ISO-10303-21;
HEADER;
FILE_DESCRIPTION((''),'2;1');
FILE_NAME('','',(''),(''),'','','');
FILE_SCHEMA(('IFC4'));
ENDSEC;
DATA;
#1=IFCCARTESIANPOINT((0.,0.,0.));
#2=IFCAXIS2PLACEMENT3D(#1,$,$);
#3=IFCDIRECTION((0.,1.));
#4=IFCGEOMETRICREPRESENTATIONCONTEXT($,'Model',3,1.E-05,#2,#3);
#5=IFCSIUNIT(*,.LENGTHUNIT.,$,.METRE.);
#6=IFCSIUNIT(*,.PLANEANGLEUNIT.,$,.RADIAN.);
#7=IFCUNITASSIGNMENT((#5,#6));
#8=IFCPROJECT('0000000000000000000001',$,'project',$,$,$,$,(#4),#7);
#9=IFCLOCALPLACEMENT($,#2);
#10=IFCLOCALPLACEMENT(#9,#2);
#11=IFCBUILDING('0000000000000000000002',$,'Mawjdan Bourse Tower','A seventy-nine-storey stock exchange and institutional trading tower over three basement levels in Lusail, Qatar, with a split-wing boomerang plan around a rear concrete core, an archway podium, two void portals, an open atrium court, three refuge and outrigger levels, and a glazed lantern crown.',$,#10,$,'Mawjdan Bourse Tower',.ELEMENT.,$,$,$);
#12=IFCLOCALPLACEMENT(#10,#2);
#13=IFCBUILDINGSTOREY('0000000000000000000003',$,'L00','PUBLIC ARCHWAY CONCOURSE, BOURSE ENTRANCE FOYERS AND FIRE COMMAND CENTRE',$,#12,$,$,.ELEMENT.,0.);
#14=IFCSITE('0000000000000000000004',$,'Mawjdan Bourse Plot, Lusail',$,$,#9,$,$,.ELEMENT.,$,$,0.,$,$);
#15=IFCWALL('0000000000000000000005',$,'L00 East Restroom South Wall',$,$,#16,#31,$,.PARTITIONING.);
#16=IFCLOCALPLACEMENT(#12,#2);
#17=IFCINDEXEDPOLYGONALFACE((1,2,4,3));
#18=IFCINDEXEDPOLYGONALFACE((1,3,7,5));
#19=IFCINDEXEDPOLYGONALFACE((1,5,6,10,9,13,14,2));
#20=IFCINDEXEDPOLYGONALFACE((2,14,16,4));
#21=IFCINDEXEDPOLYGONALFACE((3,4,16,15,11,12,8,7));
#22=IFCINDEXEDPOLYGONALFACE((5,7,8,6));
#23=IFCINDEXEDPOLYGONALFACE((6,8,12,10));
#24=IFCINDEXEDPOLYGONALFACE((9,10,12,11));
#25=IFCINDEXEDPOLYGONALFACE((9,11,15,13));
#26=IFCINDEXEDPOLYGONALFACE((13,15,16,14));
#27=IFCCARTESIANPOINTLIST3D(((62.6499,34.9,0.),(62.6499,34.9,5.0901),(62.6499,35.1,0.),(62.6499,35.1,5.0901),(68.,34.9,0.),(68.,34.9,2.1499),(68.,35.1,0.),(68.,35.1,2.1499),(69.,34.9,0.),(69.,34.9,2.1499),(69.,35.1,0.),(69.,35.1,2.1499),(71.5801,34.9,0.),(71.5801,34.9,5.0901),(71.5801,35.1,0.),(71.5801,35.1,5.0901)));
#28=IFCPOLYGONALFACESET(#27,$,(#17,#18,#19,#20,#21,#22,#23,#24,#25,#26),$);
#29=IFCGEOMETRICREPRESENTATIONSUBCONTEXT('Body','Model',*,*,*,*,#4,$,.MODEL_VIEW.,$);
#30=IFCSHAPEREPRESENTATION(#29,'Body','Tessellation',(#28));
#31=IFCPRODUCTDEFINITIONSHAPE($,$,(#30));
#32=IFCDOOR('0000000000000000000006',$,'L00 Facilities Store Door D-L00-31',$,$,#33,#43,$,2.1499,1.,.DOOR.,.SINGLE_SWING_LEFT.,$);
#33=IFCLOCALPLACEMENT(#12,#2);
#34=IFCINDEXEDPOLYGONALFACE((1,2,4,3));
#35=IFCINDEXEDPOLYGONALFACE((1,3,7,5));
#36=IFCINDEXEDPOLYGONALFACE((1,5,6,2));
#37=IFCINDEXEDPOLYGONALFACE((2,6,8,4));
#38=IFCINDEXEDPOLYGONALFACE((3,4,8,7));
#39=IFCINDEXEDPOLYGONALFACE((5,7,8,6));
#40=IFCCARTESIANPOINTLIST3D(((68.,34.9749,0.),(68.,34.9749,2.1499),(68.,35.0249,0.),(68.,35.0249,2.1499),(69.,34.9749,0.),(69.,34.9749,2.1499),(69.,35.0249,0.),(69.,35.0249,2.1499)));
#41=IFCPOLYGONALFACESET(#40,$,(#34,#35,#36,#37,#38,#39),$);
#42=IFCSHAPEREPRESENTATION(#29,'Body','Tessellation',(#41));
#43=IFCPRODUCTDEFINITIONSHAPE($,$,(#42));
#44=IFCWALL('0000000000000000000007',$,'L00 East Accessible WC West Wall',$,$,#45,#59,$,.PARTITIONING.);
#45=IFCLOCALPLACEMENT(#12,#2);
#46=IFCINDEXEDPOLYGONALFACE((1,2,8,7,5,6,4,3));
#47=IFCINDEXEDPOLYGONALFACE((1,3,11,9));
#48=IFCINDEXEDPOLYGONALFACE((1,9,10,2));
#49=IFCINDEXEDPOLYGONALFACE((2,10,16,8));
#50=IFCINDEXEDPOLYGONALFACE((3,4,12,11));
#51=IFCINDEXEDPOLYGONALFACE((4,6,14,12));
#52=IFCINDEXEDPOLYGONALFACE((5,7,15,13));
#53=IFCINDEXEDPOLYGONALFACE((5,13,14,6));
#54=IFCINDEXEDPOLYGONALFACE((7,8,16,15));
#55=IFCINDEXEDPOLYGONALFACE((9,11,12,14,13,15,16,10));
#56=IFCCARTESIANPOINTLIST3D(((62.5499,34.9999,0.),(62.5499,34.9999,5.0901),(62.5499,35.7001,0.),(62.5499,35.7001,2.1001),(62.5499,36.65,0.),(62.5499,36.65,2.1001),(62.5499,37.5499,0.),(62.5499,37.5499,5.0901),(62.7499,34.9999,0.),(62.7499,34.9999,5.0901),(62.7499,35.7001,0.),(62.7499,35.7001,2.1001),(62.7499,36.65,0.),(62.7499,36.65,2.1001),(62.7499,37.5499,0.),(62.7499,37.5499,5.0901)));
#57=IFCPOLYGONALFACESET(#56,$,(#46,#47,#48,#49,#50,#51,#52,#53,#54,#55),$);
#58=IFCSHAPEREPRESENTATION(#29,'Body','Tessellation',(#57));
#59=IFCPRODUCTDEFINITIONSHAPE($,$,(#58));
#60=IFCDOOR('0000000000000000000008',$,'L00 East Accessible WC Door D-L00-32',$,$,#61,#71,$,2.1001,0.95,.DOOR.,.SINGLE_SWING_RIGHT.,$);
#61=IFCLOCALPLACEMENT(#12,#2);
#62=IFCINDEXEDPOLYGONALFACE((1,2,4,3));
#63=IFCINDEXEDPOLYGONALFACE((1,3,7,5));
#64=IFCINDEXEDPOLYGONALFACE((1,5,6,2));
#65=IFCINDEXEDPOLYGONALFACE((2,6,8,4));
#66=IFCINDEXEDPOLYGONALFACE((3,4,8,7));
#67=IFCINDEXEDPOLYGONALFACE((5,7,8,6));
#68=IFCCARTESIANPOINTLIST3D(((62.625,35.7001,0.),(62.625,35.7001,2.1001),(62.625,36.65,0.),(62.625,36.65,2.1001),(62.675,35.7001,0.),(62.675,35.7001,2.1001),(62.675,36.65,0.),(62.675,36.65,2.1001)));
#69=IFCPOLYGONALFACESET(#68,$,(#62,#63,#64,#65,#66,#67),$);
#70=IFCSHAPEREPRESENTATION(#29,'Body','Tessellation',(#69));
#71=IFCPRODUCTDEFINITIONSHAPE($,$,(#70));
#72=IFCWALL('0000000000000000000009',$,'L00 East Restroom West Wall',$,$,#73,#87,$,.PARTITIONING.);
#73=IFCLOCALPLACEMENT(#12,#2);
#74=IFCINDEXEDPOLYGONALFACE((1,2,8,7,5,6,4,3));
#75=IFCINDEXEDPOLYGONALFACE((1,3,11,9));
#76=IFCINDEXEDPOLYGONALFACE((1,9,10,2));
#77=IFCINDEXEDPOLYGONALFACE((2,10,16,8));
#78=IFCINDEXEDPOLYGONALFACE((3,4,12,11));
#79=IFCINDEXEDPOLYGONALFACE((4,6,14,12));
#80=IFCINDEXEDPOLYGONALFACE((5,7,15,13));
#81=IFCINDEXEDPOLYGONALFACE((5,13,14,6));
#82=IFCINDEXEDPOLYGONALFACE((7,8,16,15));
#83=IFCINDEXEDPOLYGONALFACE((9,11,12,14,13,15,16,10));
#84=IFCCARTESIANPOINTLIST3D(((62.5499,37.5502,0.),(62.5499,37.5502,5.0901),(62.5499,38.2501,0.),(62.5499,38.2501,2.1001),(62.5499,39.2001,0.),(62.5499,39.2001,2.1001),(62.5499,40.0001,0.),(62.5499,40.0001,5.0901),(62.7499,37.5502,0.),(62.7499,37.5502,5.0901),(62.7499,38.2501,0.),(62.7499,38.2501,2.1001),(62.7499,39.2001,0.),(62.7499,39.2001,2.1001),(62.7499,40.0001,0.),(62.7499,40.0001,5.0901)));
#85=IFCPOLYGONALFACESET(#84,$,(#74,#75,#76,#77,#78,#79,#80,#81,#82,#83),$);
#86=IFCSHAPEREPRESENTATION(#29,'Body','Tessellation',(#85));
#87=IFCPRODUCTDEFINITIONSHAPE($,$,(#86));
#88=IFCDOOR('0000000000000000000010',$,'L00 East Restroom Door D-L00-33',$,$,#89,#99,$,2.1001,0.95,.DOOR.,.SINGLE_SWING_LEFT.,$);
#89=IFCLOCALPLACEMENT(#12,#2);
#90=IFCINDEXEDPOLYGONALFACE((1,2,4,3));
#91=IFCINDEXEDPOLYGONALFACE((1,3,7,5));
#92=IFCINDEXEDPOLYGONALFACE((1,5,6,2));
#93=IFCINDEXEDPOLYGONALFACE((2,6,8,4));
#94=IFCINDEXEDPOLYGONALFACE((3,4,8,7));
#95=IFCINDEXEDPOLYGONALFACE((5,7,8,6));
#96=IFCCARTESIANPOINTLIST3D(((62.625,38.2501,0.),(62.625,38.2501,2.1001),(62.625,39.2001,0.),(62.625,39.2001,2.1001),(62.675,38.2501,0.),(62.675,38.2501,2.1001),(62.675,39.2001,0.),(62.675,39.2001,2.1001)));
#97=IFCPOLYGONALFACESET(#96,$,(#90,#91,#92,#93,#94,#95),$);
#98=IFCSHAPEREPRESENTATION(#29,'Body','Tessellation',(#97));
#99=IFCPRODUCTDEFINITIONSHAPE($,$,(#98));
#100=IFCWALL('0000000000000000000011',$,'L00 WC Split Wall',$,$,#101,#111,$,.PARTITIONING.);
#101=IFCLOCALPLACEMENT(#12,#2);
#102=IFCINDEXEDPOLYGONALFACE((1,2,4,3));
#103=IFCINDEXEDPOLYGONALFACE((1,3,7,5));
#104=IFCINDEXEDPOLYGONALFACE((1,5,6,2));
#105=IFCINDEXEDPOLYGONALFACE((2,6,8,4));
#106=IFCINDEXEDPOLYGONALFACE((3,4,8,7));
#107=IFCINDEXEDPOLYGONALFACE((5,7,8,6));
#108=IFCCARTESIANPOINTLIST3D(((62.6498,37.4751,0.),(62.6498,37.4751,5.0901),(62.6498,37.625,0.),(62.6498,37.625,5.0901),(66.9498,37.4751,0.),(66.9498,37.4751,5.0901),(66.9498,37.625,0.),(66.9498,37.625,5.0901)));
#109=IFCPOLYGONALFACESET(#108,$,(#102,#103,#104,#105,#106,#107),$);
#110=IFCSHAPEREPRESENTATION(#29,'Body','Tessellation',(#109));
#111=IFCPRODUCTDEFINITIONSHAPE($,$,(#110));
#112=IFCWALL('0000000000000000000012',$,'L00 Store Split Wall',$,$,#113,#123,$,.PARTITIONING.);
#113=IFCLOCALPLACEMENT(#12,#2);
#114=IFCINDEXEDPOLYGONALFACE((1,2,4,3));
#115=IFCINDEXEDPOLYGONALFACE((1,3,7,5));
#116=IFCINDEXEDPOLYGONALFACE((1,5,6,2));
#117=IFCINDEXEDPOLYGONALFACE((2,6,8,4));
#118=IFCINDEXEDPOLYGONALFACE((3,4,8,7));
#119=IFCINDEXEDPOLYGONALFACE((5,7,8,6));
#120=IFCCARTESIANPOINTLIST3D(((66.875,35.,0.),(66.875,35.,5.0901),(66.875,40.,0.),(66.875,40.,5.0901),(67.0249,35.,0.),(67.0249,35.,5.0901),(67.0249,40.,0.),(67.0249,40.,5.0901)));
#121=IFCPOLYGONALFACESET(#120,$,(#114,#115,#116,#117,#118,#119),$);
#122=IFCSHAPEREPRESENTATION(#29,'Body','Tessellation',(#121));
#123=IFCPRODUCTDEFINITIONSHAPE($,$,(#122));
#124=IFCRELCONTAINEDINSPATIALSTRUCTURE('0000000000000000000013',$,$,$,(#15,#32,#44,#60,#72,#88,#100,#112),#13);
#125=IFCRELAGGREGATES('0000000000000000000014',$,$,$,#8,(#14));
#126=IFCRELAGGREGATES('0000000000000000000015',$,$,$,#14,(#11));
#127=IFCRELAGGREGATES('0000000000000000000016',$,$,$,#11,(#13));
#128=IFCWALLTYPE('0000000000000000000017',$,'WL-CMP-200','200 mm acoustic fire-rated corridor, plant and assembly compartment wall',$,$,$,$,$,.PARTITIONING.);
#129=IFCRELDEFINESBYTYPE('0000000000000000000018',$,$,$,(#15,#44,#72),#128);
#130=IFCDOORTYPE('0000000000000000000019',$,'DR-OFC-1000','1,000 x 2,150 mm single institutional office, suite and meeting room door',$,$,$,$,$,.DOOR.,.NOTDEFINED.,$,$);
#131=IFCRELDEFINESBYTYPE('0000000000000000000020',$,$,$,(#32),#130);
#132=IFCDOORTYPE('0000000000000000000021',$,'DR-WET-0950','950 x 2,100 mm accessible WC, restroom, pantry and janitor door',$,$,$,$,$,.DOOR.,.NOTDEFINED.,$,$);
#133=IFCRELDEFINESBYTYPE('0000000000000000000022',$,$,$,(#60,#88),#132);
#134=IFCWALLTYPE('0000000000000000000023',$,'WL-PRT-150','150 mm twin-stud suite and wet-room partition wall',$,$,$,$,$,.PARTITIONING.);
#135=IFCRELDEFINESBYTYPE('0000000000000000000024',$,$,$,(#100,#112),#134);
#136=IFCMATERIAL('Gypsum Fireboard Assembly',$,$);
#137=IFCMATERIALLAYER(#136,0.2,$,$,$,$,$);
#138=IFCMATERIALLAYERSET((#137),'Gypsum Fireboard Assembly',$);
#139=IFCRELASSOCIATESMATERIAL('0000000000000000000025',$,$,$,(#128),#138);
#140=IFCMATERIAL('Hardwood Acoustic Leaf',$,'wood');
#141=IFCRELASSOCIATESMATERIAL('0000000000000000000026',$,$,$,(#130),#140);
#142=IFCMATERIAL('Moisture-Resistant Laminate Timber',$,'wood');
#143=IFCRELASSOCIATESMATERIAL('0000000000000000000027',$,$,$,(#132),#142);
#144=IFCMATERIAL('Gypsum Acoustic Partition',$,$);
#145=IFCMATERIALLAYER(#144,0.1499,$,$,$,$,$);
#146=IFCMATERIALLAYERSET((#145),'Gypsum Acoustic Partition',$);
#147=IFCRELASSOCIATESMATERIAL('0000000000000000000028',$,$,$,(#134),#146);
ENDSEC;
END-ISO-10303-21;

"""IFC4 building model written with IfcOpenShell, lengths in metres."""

from ifc_helpers import new_model, si_unit, direction, frame, frame_2d, origin, place, context, subcontext, project, spatial, rectangle, extrude, material, layer, layer_set, type_object, element, fill, save


model = new_model("IFC4")

# Units and contexts
model_context = context("Model", 3, precision=1e-05, world=origin(), true_north=direction((0.0, 1.0)))
body_context = subcontext(model_context, "Body", "Model", "MODEL_VIEW")
ifc_project = project(units=[si_unit("LENGTHUNIT", "METRE"), si_unit("PLANEANGLEUNIT", "RADIAN")], contexts=[model_context])

# Site, building, storey
site_placement = place(None, origin())
site = spatial("IfcSite", under=ifc_project, at=site_placement, Name="Mawjdan Bourse Plot, Lusail", CompositionType="ELEMENT", RefElevation=0.0)
building_placement = place(site_placement, origin())
building = spatial("IfcBuilding", under=site, at=building_placement, Name="Mawjdan Bourse Tower", Description="A seventy-nine-storey stock exchange and institutional trading tower over three basement levels in Lusail, Qatar, with a split-wing boomerang plan around a rear concrete core, an archway podium, two void portals, an open atrium court, three refuge and outrigger levels, and a glazed lantern crown.", LongName="Mawjdan Bourse Tower", CompositionType="ELEMENT")
storey_placement = place(building_placement, origin())
storey = spatial("IfcBuildingStorey", under=building, at=storey_placement, Name="L00", Description="PUBLIC ARCHWAY CONCOURSE, BOURSE ENTRANCE FOYERS AND FIRE COMMAND CENTRE", CompositionType="ELEMENT", Elevation=0.0)

# Walls, openings, doors
ifc_material_1 = material(Name="Gypsum Fireboard Assembly")
ifc_layer_1 = layer(ifc_material_1, 0.2)
ifc_layer_set_1 = layer_set([ifc_layer_1], Name="Gypsum Fireboard Assembly")
wall_type_1 = type_object("IfcWallType", Name="WL-CMP-200", Description="200 mm acoustic fire-rated corridor, plant and assembly compartment wall", PredefinedType="PARTITIONING", material=ifc_layer_set_1)
wall_1_placement = place(storey_placement, frame((62.6499, 35.0, 0.0), z_axis=(0.0, 0.0, 1.0), x_axis=(1.0, 0.0, 0.0)))
wall_1 = element("IfcWall", 1, at=wall_1_placement, inside=storey, type_object=wall_type_1, Name="L00 East Restroom South Wall", PredefinedType="PARTITIONING", context=body_context, shape_type="SweptSolid", body=[
    extrude(rectangle(XDim=8.9302, YDim=0.2, at=frame_2d((4.4651, 0.0))), origin(), (0.0, 0.0, 1.0), 5.0901),
])
opening_1_placement = place(wall_1_placement, frame((5.3501, 0.0, 0.0)))
opening_1 = element("IfcOpeningElement", 2, at=opening_1_placement, cuts=wall_1, PredefinedType="OPENING", context=body_context, shape_type="SweptSolid", body=[
    extrude(rectangle(XDim=1.0, YDim=2.1499, at=frame_2d((0.5, 1.075))), frame((0.0, 0.1099, 0.0), z_axis=(0.0, -1.0, 0.0), x_axis=(1.0, 0.0, 0.0)), (0.0, 0.0, 1.0), 0.22),
])
ifc_material_2 = material(Name="Hardwood Acoustic Leaf", Category="wood")
door_type_1 = type_object("IfcDoorType", Name="DR-OFC-1000", Description="1,000 x 2,150 mm single institutional office, suite and meeting room door", OperationType="NOTDEFINED", PredefinedType="DOOR", material=ifc_material_2)
door_1_placement = place(opening_1_placement, origin())
door_1 = element("IfcDoor", 3, at=door_1_placement, inside=storey, type_object=door_type_1, Name="L00 Facilities Store Door D-L00-31", OperationType="SINGLE_SWING_LEFT", OverallHeight=2.1499, OverallWidth=1.0, PredefinedType="DOOR", context=body_context, shape_type="SweptSolid", body=[
    extrude(rectangle(XDim=1.0, YDim=2.1499, at=frame_2d((0.5, 1.075))), frame((0.0, 0.0249, 0.0), z_axis=(0.0, -1.0, 0.0), x_axis=(1.0, 0.0, 0.0)), (0.0, 0.0, 1.0), 0.05),
])
fill(opening_1, door_1)
wall_2_placement = place(storey_placement, frame((62.6499, 35.0, 0.0), z_axis=(0.0, 0.0, 1.0), x_axis=(0.0, 1.0, 0.0)))
wall_2 = element("IfcWall", 4, at=wall_2_placement, inside=storey, type_object=wall_type_1, Name="L00 East Accessible WC West Wall", PredefinedType="PARTITIONING", context=body_context, shape_type="SweptSolid", body=[
    extrude(rectangle(XDim=2.55, YDim=0.2, at=frame_2d((1.2749, 0.0))), origin(), (0.0, 0.0, 1.0), 5.0901),
])
opening_2_placement = place(wall_2_placement, frame((0.7, 0.0, 0.0)))
opening_2 = element("IfcOpeningElement", 5, at=opening_2_placement, cuts=wall_2, PredefinedType="OPENING", context=body_context, shape_type="SweptSolid", body=[
    extrude(rectangle(XDim=0.95, YDim=2.1001, at=frame_2d((0.4751, 1.05))), frame((0.0, 0.1099, 0.0), z_axis=(0.0, -1.0, 0.0), x_axis=(1.0, 0.0, 0.0)), (0.0, 0.0, 1.0), 0.22),
])
ifc_material_3 = material(Name="Moisture-Resistant Laminate Timber", Category="wood")
door_type_2 = type_object("IfcDoorType", Name="DR-WET-0950", Description="950 x 2,100 mm accessible WC, restroom, pantry and janitor door", OperationType="NOTDEFINED", PredefinedType="DOOR", material=ifc_material_3)
door_2_placement = place(opening_2_placement, origin())
door_2 = element("IfcDoor", 6, at=door_2_placement, inside=storey, type_object=door_type_2, Name="L00 East Accessible WC Door D-L00-32", OperationType="SINGLE_SWING_RIGHT", OverallHeight=2.1001, OverallWidth=0.95, PredefinedType="DOOR", context=body_context, shape_type="SweptSolid", body=[
    extrude(rectangle(XDim=0.95, YDim=2.1001, at=frame_2d((0.4751, 1.05))), frame((0.0, 0.0249, 0.0), z_axis=(0.0, -1.0, 0.0), x_axis=(1.0, 0.0, 0.0)), (0.0, 0.0, 1.0), 0.05),
])
fill(opening_2, door_2)
wall_3_placement = place(storey_placement, frame((62.6499, 37.55, 0.0), z_axis=(0.0, 0.0, 1.0), x_axis=(0.0, 1.0, 0.0)))
wall_3 = element("IfcWall", 7, at=wall_3_placement, inside=storey, type_object=wall_type_1, Name="L00 East Restroom West Wall", PredefinedType="PARTITIONING", context=body_context, shape_type="SweptSolid", body=[
    extrude(rectangle(XDim=2.45, YDim=0.2, at=frame_2d((1.2251, 0.0))), origin(), (0.0, 0.0, 1.0), 5.0901),
])
opening_3_placement = place(wall_3_placement, frame((0.7, 0.0, 0.0)))
opening_3 = element("IfcOpeningElement", 8, at=opening_3_placement, cuts=wall_3, PredefinedType="OPENING", context=body_context, shape_type="SweptSolid", body=[
    extrude(rectangle(XDim=0.95, YDim=2.1001, at=frame_2d((0.4751, 1.05))), frame((0.0, 0.1099, 0.0), z_axis=(0.0, -1.0, 0.0), x_axis=(1.0, 0.0, 0.0)), (0.0, 0.0, 1.0), 0.22),
])
door_3_placement = place(opening_3_placement, origin())
door_3 = element("IfcDoor", 9, at=door_3_placement, inside=storey, type_object=door_type_2, Name="L00 East Restroom Door D-L00-33", OperationType="SINGLE_SWING_LEFT", OverallHeight=2.1001, OverallWidth=0.95, PredefinedType="DOOR", context=body_context, shape_type="SweptSolid", body=[
    extrude(rectangle(XDim=0.95, YDim=2.1001, at=frame_2d((0.4751, 1.05))), frame((0.0, 0.0249, 0.0), z_axis=(0.0, -1.0, 0.0), x_axis=(1.0, 0.0, 0.0)), (0.0, 0.0, 1.0), 0.05),
])
fill(opening_3, door_3)

# Walls
ifc_material_4 = material(Name="Gypsum Acoustic Partition")
ifc_layer_2 = layer(ifc_material_4, 0.1499)
ifc_layer_set_2 = layer_set([ifc_layer_2], Name="Gypsum Acoustic Partition")
wall_type_2 = type_object("IfcWallType", Name="WL-PRT-150", Description="150 mm twin-stud suite and wet-room partition wall", PredefinedType="PARTITIONING", material=ifc_layer_set_2)
wall_4_placement = place(storey_placement, frame((62.6499, 37.55, 0.0), z_axis=(0.0, 0.0, 1.0), x_axis=(1.0, 0.0, 0.0)))
element("IfcWall", 10, at=wall_4_placement, inside=storey, type_object=wall_type_2, Name="L00 WC Split Wall", PredefinedType="PARTITIONING", context=body_context, shape_type="SweptSolid", body=[
    extrude(rectangle(XDim=4.3, YDim=0.1499, at=frame_2d((2.1499, 0.0))), origin(), (0.0, 0.0, 1.0), 5.0901),
])
wall_5_placement = place(storey_placement, frame((66.95, 35.0, 0.0), z_axis=(0.0, 0.0, 1.0), x_axis=(0.0, 1.0, 0.0)))
element("IfcWall", 11, at=wall_5_placement, inside=storey, type_object=wall_type_2, Name="L00 Store Split Wall", PredefinedType="PARTITIONING", context=body_context, shape_type="SweptSolid", body=[
    extrude(rectangle(XDim=5.0, YDim=0.1499, at=frame_2d((2.5, 0.0))), origin(), (0.0, 0.0, 1.0), 5.0901),
])

save(model, "model.ifc")
